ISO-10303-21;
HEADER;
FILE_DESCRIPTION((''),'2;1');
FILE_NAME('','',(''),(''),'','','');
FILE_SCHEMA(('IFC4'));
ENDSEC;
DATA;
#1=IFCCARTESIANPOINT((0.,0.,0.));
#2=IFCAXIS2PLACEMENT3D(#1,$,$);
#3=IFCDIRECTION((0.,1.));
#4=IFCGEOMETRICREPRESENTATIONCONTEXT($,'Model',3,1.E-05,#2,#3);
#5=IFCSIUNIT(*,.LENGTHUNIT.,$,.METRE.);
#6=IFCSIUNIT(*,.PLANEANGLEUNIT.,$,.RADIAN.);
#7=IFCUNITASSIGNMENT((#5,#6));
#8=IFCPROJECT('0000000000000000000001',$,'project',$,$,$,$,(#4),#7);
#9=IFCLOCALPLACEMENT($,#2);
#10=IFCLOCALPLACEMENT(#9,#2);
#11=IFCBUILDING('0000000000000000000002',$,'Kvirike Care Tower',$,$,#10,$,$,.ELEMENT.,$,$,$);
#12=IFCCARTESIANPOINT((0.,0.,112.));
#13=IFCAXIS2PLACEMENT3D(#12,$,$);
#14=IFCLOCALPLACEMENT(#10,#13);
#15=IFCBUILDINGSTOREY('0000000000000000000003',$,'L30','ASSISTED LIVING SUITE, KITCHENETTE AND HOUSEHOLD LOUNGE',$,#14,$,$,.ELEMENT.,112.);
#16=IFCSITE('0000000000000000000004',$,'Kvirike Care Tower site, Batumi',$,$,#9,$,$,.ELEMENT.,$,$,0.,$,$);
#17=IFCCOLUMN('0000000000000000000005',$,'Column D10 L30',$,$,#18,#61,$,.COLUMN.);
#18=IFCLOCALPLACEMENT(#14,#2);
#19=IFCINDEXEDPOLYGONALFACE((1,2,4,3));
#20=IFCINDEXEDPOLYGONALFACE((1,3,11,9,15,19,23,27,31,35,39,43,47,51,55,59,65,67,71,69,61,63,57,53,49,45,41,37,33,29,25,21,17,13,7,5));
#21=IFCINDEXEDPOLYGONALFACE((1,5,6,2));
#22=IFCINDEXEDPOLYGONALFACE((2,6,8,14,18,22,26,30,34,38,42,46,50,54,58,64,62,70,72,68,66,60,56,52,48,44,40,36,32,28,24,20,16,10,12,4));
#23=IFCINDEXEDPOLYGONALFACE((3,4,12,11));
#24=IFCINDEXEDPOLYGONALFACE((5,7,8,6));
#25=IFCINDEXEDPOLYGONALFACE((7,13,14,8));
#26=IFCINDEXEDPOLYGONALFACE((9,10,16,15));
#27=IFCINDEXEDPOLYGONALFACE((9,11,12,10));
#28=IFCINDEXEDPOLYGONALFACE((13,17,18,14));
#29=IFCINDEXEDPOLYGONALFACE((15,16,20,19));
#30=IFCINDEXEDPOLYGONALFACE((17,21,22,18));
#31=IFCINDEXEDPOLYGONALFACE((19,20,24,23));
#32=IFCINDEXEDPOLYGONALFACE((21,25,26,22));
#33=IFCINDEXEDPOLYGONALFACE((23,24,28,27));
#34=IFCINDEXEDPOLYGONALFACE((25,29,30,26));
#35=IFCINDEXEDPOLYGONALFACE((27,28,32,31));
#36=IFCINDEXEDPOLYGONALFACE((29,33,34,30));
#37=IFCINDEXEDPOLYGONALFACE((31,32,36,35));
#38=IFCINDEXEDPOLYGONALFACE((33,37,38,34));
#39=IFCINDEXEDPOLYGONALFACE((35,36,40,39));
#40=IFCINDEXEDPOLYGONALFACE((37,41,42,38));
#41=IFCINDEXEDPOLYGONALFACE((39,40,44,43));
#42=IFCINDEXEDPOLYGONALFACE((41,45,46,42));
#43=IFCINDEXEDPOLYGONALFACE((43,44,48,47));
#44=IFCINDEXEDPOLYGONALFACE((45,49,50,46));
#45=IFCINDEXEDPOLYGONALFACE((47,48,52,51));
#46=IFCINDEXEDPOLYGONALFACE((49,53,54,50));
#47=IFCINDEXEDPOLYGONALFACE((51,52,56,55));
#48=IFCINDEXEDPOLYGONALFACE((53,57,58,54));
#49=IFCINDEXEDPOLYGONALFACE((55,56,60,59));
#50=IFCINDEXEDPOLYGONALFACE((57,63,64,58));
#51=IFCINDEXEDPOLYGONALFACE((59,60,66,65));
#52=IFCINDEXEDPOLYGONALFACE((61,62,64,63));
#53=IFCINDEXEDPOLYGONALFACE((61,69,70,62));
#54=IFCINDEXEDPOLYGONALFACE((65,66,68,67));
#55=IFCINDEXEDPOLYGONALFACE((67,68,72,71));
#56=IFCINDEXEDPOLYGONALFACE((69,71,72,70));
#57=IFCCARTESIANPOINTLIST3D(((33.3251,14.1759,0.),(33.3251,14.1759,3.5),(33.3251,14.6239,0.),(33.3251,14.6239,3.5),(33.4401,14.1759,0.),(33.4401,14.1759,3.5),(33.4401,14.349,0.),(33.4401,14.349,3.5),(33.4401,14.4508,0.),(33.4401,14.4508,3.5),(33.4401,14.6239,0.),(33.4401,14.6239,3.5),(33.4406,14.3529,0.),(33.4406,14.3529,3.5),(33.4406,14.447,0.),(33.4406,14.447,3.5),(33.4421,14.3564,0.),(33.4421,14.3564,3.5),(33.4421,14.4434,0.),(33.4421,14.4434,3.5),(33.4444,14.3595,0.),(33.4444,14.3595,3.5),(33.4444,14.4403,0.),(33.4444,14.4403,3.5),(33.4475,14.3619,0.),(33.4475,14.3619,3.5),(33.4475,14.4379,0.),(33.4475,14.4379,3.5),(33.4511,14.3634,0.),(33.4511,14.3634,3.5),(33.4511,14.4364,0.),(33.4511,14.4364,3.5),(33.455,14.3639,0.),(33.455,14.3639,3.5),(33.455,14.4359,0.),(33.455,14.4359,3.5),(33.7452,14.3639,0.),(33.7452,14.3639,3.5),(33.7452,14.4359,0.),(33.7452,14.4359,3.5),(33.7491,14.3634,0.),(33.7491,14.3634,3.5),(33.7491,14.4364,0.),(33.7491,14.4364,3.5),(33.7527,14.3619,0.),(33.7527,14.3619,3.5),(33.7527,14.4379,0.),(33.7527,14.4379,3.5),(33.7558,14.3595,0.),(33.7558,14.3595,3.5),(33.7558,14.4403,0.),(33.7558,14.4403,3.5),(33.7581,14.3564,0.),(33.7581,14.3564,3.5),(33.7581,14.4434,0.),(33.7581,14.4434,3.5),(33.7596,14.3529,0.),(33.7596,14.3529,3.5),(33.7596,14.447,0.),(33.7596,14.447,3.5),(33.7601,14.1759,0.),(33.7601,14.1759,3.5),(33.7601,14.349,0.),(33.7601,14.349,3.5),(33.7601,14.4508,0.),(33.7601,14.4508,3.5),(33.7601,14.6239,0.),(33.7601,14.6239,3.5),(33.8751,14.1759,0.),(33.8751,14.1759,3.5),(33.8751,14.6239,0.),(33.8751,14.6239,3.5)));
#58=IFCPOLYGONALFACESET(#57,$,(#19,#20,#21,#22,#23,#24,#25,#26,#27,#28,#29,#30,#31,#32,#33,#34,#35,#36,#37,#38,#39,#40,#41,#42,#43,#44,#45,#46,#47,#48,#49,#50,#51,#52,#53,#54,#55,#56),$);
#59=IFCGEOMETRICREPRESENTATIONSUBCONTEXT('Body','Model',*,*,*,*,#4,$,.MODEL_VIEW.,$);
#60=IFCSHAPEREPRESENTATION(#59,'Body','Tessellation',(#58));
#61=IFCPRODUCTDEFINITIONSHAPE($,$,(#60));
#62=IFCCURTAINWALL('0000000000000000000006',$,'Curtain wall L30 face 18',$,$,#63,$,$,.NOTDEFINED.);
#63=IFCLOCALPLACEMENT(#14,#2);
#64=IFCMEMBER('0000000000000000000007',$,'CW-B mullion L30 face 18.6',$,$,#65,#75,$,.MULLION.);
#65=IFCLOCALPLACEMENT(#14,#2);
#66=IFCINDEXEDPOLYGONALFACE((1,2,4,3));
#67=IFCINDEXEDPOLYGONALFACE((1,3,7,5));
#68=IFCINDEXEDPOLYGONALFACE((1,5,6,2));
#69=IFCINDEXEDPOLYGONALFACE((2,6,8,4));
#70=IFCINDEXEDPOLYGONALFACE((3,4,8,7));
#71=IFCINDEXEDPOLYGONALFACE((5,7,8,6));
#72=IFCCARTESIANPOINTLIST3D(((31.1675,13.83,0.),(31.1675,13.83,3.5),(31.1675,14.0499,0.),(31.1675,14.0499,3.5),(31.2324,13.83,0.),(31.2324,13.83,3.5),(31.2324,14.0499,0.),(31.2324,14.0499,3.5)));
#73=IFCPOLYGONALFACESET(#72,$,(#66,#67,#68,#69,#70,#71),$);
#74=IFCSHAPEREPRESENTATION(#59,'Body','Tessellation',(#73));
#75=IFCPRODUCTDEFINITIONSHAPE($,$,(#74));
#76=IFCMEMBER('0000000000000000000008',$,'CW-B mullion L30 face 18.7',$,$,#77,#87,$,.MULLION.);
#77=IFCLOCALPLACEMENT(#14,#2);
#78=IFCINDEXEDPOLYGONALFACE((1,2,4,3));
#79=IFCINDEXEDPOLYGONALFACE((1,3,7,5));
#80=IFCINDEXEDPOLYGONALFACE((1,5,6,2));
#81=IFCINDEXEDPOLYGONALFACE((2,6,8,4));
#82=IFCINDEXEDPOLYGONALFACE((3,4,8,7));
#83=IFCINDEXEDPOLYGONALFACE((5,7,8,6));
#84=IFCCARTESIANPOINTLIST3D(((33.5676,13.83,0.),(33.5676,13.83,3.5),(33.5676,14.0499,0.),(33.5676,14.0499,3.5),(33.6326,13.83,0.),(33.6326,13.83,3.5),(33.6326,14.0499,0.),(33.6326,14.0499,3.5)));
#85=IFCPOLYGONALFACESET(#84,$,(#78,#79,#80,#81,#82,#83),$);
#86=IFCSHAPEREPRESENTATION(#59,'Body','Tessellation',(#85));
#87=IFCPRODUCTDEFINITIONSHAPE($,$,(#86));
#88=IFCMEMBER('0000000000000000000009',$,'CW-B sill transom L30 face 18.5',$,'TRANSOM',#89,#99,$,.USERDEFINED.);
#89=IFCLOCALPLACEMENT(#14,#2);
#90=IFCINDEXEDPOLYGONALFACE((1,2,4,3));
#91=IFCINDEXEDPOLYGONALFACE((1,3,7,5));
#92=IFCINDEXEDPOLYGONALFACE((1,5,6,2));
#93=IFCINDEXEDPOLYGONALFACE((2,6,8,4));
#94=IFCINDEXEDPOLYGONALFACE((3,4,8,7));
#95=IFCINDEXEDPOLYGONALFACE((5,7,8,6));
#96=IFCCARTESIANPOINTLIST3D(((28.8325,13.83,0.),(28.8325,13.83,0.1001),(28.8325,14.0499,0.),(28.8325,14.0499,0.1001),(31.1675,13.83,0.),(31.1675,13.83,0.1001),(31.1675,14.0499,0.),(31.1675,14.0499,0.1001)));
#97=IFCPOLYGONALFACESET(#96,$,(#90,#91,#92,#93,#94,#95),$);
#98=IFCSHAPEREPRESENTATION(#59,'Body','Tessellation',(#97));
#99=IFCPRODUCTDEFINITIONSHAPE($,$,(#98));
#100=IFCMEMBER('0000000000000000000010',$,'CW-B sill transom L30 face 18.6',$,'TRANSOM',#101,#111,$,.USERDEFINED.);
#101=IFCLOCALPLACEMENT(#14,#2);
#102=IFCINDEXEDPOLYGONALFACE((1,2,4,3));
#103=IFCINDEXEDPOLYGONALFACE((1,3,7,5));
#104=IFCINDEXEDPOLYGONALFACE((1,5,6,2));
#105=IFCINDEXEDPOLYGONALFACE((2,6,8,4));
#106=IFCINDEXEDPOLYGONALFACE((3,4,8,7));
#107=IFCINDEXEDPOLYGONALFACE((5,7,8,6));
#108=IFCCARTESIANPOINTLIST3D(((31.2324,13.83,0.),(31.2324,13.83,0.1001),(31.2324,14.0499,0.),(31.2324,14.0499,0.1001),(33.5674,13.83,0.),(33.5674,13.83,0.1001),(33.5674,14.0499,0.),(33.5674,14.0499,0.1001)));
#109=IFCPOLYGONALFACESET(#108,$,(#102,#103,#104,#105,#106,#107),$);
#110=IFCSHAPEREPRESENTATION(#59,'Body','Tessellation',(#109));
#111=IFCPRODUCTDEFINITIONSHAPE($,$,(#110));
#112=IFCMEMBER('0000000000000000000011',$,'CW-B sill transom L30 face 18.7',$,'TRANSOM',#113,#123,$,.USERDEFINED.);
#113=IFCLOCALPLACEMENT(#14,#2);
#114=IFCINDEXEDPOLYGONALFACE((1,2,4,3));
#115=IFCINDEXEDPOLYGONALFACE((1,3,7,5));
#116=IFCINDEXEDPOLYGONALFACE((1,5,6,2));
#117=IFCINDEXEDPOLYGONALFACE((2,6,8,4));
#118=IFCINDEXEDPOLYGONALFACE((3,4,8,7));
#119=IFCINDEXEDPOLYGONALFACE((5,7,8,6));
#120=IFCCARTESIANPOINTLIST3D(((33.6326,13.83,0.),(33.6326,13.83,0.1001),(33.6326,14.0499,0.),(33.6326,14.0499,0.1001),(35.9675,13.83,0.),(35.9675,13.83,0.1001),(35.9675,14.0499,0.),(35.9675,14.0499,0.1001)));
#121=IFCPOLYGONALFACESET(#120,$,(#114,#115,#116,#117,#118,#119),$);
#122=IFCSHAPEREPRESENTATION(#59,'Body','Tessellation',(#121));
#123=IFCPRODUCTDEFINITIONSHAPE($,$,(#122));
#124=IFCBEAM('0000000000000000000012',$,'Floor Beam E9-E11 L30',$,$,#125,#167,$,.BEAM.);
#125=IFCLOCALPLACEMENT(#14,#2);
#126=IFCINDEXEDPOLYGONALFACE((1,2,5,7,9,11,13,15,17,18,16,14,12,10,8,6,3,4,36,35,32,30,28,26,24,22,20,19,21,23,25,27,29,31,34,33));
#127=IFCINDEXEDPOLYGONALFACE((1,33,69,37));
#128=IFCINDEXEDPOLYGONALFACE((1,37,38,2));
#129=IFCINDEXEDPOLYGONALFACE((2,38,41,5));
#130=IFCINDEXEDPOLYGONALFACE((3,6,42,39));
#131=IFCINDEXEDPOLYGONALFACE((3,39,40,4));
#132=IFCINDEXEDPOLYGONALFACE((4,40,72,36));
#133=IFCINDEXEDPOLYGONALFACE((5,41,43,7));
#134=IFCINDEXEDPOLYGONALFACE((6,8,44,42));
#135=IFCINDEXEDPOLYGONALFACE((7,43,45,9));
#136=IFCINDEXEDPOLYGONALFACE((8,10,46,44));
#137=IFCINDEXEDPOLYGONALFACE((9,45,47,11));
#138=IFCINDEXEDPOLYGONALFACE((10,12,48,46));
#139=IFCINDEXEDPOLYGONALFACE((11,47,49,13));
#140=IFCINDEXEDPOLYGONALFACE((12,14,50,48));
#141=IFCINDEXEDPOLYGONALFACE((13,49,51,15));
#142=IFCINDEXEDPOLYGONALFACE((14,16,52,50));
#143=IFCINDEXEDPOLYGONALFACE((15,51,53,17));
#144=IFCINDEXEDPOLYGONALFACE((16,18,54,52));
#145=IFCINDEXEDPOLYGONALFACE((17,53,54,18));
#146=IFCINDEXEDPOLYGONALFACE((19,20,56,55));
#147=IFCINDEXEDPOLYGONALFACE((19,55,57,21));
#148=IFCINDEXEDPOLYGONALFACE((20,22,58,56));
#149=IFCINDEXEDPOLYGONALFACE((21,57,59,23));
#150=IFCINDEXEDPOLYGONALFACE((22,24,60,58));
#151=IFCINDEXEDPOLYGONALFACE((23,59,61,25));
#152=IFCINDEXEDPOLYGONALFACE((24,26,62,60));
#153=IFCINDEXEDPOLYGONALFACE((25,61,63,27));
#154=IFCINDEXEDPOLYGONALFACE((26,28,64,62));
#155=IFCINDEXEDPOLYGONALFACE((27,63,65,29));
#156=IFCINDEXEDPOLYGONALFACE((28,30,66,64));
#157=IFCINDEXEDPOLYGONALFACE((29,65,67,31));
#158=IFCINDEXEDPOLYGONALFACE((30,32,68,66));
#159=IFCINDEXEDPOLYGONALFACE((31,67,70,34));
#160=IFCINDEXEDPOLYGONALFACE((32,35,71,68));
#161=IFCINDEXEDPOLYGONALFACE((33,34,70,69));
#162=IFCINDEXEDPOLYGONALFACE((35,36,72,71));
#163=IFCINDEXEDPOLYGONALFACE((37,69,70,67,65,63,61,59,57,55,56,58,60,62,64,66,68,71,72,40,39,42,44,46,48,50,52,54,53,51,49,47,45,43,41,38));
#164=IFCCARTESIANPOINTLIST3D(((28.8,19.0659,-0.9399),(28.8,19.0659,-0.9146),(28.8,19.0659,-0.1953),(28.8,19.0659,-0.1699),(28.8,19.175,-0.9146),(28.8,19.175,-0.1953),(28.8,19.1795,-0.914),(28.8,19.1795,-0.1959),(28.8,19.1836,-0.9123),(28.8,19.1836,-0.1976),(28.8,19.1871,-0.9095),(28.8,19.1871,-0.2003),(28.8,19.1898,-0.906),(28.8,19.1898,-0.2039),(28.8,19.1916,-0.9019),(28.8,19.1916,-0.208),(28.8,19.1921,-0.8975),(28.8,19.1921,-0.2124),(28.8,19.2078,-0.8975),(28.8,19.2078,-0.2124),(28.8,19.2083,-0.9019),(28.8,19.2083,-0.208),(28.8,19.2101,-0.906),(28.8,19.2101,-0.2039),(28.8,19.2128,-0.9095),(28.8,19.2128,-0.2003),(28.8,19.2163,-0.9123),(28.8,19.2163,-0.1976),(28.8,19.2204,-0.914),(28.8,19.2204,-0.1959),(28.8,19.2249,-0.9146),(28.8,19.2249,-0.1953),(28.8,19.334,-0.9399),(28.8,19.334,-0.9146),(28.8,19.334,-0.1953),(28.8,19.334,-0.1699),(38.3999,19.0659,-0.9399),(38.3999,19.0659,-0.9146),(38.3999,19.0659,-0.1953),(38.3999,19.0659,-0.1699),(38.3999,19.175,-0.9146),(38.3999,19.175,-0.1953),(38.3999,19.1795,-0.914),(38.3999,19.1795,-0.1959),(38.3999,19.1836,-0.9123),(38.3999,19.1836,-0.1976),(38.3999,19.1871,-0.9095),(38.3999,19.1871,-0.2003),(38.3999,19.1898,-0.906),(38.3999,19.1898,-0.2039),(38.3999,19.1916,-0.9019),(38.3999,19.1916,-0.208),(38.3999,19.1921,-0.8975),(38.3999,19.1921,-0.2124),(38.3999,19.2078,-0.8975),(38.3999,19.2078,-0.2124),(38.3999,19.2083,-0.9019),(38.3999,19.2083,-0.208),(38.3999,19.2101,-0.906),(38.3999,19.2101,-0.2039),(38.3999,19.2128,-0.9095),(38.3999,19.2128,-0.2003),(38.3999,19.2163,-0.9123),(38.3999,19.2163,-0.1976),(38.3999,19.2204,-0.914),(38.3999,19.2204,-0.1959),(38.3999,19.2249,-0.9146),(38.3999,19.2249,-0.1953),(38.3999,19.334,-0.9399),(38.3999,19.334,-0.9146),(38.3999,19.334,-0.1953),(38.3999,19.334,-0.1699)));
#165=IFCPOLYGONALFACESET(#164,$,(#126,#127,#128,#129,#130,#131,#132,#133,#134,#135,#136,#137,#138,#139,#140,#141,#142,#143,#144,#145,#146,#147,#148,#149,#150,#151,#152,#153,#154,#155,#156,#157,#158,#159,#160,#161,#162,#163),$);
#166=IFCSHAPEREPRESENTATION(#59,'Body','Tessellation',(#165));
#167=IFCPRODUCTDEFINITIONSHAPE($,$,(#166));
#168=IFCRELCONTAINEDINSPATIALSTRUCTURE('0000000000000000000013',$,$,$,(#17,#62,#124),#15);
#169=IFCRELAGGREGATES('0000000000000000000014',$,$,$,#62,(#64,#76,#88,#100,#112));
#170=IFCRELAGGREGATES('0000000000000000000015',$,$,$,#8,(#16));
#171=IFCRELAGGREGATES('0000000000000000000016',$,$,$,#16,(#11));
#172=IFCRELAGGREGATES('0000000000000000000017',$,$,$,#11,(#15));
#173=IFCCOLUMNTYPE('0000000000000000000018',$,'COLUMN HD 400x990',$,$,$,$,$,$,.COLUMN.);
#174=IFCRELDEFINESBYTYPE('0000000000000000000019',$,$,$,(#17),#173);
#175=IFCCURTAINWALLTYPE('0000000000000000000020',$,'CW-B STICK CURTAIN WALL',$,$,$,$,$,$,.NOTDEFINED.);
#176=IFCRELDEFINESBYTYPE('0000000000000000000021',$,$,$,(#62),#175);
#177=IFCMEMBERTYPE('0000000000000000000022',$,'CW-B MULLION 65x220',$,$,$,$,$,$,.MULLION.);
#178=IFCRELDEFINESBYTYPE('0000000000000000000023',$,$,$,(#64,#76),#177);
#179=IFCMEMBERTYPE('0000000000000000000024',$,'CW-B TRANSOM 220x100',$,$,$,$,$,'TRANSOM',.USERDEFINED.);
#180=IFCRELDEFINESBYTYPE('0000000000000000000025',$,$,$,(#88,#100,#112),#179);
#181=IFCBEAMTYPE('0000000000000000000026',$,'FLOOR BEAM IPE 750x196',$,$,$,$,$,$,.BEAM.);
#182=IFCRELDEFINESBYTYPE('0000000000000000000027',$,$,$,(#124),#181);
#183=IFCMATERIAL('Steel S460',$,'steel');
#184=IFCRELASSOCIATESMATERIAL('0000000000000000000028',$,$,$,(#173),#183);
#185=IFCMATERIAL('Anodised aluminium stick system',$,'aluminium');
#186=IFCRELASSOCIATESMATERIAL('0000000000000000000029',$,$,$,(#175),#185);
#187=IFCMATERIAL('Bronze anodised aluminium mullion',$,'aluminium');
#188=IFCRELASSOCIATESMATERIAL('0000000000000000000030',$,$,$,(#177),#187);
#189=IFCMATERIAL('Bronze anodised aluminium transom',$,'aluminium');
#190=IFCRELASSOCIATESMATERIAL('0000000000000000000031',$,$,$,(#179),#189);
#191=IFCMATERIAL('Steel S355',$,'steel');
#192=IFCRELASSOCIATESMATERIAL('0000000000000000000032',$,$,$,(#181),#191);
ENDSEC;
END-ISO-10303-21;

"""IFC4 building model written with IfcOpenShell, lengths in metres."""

from ifc_helpers import new_model, si_unit, direction, frame, origin, origin_2d, place, context, subcontext, project, spatial, rectangle, i_section, extrude, material, material_profile, profile_set, type_object, element, aggregate, save


model = new_model("IFC4")

# Units and contexts
model_context = context("Model", 3, precision=1e-05, world=origin(), true_north=direction((0.0, 1.0)))
body_context = subcontext(model_context, "Body", "Model", "MODEL_VIEW")
ifc_project = project(units=[si_unit("LENGTHUNIT", "METRE"), si_unit("PLANEANGLEUNIT", "RADIAN")], contexts=[model_context])

# Site, building, storey
site_placement = place(None, origin())
site = spatial("IfcSite", under=ifc_project, at=site_placement, Name="Kvirike Care Tower site, Batumi", CompositionType="ELEMENT", RefElevation=0.0)
building_placement = place(site_placement, origin())
building = spatial("IfcBuilding", under=site, at=building_placement, Name="Kvirike Care Tower", CompositionType="ELEMENT")
storey_placement = place(building_placement, frame((0.0, 0.0, 112.0)))
storey = spatial("IfcBuildingStorey", under=building, at=storey_placement, Name="L30", Description="ASSISTED LIVING SUITE, KITCHENETTE AND HOUSEHOLD LOUNGE", CompositionType="ELEMENT", Elevation=112.0)

# Column
ifc_material_1 = material(Name="Steel S460", Category="steel")
ifc_material_profile_1 = material_profile(ifc_material_1, i_section(OverallWidth=0.448, OverallDepth=0.55, WebThickness=0.072, FlangeThickness=0.115, FilletRadius=0.0149, at=origin_2d()), Name="HD 400x990")
ifc_profile_set_1 = profile_set([ifc_material_profile_1], Name="Steel S460")
column_type = type_object("IfcColumnType", Name="COLUMN HD 400x990", PredefinedType="COLUMN", material=ifc_profile_set_1)
column_placement = place(storey_placement, frame((33.6001, 14.3999, 0.0), z_axis=(0.0, 0.0, 1.0), x_axis=(0.0, 1.0, 0.0)))
element("IfcColumn", 1, at=column_placement, inside=storey, type_object=column_type, Name="Column D10 L30", PredefinedType="COLUMN", context=body_context, shape_type="SweptSolid", body=[
    extrude(i_section(OverallWidth=0.448, OverallDepth=0.55, WebThickness=0.072, FlangeThickness=0.115, FilletRadius=0.0149, at=origin_2d()), origin(), (0.0, 0.0, 1.0), 3.5),
])

# Curtain wall, members
ifc_material_2 = material(Name="Anodised aluminium stick system", Category="aluminium")
curtain_wall_type = type_object("IfcCurtainWallType", Name="CW-B STICK CURTAIN WALL", PredefinedType="NOTDEFINED", material=ifc_material_2)
curtain_wall_placement = place(storey_placement, origin())
curtain_wall = element("IfcCurtainWall", 2, at=curtain_wall_placement, inside=storey, type_object=curtain_wall_type, Name="Curtain wall L30 face 18", PredefinedType="NOTDEFINED")
ifc_material_3 = material(Name="Bronze anodised aluminium mullion", Category="aluminium")
ifc_material_profile_2 = material_profile(ifc_material_3, rectangle(XDim=0.0649, YDim=0.22, at=origin_2d()), Name="CW-B MULLION 65x220")
ifc_profile_set_2 = profile_set([ifc_material_profile_2], Name="Bronze anodised aluminium mullion")
member_type_1 = type_object("IfcMemberType", Name="CW-B MULLION 65x220", PredefinedType="MULLION", material=ifc_profile_set_2)
member_1_placement = place(storey_placement, frame((31.2, 13.9399, 0.0), z_axis=(0.0, 0.0, 1.0), x_axis=(1.0, 0.0, 0.0)))
member_1 = element("IfcMember", 3, at=member_1_placement, type_object=member_type_1, Name="CW-B mullion L30 face 18.6", PredefinedType="MULLION", context=body_context, shape_type="SweptSolid", body=[
    extrude(rectangle(XDim=0.0649, YDim=0.22, at=origin_2d()), origin(), (0.0, 0.0, 1.0), 3.5),
])
member_2_placement = place(storey_placement, frame((33.6001, 13.9399, 0.0), z_axis=(0.0, 0.0, 1.0), x_axis=(1.0, 0.0, 0.0)))
member_2 = element("IfcMember", 4, at=member_2_placement, type_object=member_type_1, Name="CW-B mullion L30 face 18.7", PredefinedType="MULLION", context=body_context, shape_type="SweptSolid", body=[
    extrude(rectangle(XDim=0.0649, YDim=0.22, at=origin_2d()), origin(), (0.0, 0.0, 1.0), 3.5),
])
ifc_material_4 = material(Name="Bronze anodised aluminium transom", Category="aluminium")
ifc_material_profile_3 = material_profile(ifc_material_4, rectangle(XDim=0.22, YDim=0.1001, at=origin_2d()), Name="CW-B TRANSOM 220x100")
ifc_profile_set_3 = profile_set([ifc_material_profile_3], Name="Bronze anodised aluminium transom")
member_type_2 = type_object("IfcMemberType", Name="CW-B TRANSOM 220x100", ElementType="TRANSOM", PredefinedType="USERDEFINED", material=ifc_profile_set_3)
member_3_placement = place(storey_placement, frame((28.8325, 13.9399, 0.05), z_axis=(1.0, 0.0, 0.0), x_axis=(0.0, 1.0, 0.0)))
member_3 = element("IfcMember", 5, at=member_3_placement, type_object=member_type_2, Name="CW-B sill transom L30 face 18.5", ObjectType="TRANSOM", PredefinedType="USERDEFINED", context=body_context, shape_type="SweptSolid", body=[
    extrude(rectangle(XDim=0.22, YDim=0.1001, at=origin_2d()), origin(), (0.0, 0.0, 1.0), 2.335),
])
member_4_placement = place(storey_placement, frame((31.2324, 13.9399, 0.05), z_axis=(1.0, 0.0, 0.0), x_axis=(0.0, 1.0, 0.0)))
member_4 = element("IfcMember", 6, at=member_4_placement, type_object=member_type_2, Name="CW-B sill transom L30 face 18.6", ObjectType="TRANSOM", PredefinedType="USERDEFINED", context=body_context, shape_type="SweptSolid", body=[
    extrude(rectangle(XDim=0.22, YDim=0.1001, at=origin_2d()), origin(), (0.0, 0.0, 1.0), 2.335),
])
member_5_placement = place(storey_placement, frame((33.6326, 13.9399, 0.05), z_axis=(1.0, 0.0, 0.0), x_axis=(0.0, 1.0, 0.0)))
member_5 = element("IfcMember", 7, at=member_5_placement, type_object=member_type_2, Name="CW-B sill transom L30 face 18.7", ObjectType="TRANSOM", PredefinedType="USERDEFINED", context=body_context, shape_type="SweptSolid", body=[
    extrude(rectangle(XDim=0.22, YDim=0.1001, at=origin_2d()), origin(), (0.0, 0.0, 1.0), 2.335),
])

# Beam
ifc_material_5 = material(Name="Steel S355", Category="steel")
ifc_material_profile_4 = material_profile(ifc_material_5, i_section(OverallWidth=0.2681, OverallDepth=0.77, WebThickness=0.0156, FlangeThickness=0.0254, FilletRadius=0.0171, at=origin_2d()), Name="IPE 750x196")
ifc_profile_set_4 = profile_set([ifc_material_profile_4], Name="Steel S355")
beam_type_1 = type_object("IfcBeamType", Name="FLOOR BEAM IPE 750x196", PredefinedType="BEAM", material=ifc_profile_set_4)
beam_1_placement = place(storey_placement, frame((28.8, 19.2, -0.5549), z_axis=(1.0, 0.0, 0.0), x_axis=(0.0, 1.0, 0.0)))
element("IfcBeam", 8, at=beam_1_placement, inside=storey, type_object=beam_type_1, Name="Floor Beam E9-E11 L30", PredefinedType="BEAM", context=body_context, shape_type="SweptSolid", body=[
    extrude(i_section(OverallWidth=0.2681, OverallDepth=0.77, WebThickness=0.0156, FlangeThickness=0.0254, FilletRadius=0.0171, at=origin_2d()), origin(), (0.0, 0.0, 1.0), 9.5999),
])

aggregate(curtain_wall, [member_1, member_2, member_3, member_4, member_5])

save(model, "model.ifc")
